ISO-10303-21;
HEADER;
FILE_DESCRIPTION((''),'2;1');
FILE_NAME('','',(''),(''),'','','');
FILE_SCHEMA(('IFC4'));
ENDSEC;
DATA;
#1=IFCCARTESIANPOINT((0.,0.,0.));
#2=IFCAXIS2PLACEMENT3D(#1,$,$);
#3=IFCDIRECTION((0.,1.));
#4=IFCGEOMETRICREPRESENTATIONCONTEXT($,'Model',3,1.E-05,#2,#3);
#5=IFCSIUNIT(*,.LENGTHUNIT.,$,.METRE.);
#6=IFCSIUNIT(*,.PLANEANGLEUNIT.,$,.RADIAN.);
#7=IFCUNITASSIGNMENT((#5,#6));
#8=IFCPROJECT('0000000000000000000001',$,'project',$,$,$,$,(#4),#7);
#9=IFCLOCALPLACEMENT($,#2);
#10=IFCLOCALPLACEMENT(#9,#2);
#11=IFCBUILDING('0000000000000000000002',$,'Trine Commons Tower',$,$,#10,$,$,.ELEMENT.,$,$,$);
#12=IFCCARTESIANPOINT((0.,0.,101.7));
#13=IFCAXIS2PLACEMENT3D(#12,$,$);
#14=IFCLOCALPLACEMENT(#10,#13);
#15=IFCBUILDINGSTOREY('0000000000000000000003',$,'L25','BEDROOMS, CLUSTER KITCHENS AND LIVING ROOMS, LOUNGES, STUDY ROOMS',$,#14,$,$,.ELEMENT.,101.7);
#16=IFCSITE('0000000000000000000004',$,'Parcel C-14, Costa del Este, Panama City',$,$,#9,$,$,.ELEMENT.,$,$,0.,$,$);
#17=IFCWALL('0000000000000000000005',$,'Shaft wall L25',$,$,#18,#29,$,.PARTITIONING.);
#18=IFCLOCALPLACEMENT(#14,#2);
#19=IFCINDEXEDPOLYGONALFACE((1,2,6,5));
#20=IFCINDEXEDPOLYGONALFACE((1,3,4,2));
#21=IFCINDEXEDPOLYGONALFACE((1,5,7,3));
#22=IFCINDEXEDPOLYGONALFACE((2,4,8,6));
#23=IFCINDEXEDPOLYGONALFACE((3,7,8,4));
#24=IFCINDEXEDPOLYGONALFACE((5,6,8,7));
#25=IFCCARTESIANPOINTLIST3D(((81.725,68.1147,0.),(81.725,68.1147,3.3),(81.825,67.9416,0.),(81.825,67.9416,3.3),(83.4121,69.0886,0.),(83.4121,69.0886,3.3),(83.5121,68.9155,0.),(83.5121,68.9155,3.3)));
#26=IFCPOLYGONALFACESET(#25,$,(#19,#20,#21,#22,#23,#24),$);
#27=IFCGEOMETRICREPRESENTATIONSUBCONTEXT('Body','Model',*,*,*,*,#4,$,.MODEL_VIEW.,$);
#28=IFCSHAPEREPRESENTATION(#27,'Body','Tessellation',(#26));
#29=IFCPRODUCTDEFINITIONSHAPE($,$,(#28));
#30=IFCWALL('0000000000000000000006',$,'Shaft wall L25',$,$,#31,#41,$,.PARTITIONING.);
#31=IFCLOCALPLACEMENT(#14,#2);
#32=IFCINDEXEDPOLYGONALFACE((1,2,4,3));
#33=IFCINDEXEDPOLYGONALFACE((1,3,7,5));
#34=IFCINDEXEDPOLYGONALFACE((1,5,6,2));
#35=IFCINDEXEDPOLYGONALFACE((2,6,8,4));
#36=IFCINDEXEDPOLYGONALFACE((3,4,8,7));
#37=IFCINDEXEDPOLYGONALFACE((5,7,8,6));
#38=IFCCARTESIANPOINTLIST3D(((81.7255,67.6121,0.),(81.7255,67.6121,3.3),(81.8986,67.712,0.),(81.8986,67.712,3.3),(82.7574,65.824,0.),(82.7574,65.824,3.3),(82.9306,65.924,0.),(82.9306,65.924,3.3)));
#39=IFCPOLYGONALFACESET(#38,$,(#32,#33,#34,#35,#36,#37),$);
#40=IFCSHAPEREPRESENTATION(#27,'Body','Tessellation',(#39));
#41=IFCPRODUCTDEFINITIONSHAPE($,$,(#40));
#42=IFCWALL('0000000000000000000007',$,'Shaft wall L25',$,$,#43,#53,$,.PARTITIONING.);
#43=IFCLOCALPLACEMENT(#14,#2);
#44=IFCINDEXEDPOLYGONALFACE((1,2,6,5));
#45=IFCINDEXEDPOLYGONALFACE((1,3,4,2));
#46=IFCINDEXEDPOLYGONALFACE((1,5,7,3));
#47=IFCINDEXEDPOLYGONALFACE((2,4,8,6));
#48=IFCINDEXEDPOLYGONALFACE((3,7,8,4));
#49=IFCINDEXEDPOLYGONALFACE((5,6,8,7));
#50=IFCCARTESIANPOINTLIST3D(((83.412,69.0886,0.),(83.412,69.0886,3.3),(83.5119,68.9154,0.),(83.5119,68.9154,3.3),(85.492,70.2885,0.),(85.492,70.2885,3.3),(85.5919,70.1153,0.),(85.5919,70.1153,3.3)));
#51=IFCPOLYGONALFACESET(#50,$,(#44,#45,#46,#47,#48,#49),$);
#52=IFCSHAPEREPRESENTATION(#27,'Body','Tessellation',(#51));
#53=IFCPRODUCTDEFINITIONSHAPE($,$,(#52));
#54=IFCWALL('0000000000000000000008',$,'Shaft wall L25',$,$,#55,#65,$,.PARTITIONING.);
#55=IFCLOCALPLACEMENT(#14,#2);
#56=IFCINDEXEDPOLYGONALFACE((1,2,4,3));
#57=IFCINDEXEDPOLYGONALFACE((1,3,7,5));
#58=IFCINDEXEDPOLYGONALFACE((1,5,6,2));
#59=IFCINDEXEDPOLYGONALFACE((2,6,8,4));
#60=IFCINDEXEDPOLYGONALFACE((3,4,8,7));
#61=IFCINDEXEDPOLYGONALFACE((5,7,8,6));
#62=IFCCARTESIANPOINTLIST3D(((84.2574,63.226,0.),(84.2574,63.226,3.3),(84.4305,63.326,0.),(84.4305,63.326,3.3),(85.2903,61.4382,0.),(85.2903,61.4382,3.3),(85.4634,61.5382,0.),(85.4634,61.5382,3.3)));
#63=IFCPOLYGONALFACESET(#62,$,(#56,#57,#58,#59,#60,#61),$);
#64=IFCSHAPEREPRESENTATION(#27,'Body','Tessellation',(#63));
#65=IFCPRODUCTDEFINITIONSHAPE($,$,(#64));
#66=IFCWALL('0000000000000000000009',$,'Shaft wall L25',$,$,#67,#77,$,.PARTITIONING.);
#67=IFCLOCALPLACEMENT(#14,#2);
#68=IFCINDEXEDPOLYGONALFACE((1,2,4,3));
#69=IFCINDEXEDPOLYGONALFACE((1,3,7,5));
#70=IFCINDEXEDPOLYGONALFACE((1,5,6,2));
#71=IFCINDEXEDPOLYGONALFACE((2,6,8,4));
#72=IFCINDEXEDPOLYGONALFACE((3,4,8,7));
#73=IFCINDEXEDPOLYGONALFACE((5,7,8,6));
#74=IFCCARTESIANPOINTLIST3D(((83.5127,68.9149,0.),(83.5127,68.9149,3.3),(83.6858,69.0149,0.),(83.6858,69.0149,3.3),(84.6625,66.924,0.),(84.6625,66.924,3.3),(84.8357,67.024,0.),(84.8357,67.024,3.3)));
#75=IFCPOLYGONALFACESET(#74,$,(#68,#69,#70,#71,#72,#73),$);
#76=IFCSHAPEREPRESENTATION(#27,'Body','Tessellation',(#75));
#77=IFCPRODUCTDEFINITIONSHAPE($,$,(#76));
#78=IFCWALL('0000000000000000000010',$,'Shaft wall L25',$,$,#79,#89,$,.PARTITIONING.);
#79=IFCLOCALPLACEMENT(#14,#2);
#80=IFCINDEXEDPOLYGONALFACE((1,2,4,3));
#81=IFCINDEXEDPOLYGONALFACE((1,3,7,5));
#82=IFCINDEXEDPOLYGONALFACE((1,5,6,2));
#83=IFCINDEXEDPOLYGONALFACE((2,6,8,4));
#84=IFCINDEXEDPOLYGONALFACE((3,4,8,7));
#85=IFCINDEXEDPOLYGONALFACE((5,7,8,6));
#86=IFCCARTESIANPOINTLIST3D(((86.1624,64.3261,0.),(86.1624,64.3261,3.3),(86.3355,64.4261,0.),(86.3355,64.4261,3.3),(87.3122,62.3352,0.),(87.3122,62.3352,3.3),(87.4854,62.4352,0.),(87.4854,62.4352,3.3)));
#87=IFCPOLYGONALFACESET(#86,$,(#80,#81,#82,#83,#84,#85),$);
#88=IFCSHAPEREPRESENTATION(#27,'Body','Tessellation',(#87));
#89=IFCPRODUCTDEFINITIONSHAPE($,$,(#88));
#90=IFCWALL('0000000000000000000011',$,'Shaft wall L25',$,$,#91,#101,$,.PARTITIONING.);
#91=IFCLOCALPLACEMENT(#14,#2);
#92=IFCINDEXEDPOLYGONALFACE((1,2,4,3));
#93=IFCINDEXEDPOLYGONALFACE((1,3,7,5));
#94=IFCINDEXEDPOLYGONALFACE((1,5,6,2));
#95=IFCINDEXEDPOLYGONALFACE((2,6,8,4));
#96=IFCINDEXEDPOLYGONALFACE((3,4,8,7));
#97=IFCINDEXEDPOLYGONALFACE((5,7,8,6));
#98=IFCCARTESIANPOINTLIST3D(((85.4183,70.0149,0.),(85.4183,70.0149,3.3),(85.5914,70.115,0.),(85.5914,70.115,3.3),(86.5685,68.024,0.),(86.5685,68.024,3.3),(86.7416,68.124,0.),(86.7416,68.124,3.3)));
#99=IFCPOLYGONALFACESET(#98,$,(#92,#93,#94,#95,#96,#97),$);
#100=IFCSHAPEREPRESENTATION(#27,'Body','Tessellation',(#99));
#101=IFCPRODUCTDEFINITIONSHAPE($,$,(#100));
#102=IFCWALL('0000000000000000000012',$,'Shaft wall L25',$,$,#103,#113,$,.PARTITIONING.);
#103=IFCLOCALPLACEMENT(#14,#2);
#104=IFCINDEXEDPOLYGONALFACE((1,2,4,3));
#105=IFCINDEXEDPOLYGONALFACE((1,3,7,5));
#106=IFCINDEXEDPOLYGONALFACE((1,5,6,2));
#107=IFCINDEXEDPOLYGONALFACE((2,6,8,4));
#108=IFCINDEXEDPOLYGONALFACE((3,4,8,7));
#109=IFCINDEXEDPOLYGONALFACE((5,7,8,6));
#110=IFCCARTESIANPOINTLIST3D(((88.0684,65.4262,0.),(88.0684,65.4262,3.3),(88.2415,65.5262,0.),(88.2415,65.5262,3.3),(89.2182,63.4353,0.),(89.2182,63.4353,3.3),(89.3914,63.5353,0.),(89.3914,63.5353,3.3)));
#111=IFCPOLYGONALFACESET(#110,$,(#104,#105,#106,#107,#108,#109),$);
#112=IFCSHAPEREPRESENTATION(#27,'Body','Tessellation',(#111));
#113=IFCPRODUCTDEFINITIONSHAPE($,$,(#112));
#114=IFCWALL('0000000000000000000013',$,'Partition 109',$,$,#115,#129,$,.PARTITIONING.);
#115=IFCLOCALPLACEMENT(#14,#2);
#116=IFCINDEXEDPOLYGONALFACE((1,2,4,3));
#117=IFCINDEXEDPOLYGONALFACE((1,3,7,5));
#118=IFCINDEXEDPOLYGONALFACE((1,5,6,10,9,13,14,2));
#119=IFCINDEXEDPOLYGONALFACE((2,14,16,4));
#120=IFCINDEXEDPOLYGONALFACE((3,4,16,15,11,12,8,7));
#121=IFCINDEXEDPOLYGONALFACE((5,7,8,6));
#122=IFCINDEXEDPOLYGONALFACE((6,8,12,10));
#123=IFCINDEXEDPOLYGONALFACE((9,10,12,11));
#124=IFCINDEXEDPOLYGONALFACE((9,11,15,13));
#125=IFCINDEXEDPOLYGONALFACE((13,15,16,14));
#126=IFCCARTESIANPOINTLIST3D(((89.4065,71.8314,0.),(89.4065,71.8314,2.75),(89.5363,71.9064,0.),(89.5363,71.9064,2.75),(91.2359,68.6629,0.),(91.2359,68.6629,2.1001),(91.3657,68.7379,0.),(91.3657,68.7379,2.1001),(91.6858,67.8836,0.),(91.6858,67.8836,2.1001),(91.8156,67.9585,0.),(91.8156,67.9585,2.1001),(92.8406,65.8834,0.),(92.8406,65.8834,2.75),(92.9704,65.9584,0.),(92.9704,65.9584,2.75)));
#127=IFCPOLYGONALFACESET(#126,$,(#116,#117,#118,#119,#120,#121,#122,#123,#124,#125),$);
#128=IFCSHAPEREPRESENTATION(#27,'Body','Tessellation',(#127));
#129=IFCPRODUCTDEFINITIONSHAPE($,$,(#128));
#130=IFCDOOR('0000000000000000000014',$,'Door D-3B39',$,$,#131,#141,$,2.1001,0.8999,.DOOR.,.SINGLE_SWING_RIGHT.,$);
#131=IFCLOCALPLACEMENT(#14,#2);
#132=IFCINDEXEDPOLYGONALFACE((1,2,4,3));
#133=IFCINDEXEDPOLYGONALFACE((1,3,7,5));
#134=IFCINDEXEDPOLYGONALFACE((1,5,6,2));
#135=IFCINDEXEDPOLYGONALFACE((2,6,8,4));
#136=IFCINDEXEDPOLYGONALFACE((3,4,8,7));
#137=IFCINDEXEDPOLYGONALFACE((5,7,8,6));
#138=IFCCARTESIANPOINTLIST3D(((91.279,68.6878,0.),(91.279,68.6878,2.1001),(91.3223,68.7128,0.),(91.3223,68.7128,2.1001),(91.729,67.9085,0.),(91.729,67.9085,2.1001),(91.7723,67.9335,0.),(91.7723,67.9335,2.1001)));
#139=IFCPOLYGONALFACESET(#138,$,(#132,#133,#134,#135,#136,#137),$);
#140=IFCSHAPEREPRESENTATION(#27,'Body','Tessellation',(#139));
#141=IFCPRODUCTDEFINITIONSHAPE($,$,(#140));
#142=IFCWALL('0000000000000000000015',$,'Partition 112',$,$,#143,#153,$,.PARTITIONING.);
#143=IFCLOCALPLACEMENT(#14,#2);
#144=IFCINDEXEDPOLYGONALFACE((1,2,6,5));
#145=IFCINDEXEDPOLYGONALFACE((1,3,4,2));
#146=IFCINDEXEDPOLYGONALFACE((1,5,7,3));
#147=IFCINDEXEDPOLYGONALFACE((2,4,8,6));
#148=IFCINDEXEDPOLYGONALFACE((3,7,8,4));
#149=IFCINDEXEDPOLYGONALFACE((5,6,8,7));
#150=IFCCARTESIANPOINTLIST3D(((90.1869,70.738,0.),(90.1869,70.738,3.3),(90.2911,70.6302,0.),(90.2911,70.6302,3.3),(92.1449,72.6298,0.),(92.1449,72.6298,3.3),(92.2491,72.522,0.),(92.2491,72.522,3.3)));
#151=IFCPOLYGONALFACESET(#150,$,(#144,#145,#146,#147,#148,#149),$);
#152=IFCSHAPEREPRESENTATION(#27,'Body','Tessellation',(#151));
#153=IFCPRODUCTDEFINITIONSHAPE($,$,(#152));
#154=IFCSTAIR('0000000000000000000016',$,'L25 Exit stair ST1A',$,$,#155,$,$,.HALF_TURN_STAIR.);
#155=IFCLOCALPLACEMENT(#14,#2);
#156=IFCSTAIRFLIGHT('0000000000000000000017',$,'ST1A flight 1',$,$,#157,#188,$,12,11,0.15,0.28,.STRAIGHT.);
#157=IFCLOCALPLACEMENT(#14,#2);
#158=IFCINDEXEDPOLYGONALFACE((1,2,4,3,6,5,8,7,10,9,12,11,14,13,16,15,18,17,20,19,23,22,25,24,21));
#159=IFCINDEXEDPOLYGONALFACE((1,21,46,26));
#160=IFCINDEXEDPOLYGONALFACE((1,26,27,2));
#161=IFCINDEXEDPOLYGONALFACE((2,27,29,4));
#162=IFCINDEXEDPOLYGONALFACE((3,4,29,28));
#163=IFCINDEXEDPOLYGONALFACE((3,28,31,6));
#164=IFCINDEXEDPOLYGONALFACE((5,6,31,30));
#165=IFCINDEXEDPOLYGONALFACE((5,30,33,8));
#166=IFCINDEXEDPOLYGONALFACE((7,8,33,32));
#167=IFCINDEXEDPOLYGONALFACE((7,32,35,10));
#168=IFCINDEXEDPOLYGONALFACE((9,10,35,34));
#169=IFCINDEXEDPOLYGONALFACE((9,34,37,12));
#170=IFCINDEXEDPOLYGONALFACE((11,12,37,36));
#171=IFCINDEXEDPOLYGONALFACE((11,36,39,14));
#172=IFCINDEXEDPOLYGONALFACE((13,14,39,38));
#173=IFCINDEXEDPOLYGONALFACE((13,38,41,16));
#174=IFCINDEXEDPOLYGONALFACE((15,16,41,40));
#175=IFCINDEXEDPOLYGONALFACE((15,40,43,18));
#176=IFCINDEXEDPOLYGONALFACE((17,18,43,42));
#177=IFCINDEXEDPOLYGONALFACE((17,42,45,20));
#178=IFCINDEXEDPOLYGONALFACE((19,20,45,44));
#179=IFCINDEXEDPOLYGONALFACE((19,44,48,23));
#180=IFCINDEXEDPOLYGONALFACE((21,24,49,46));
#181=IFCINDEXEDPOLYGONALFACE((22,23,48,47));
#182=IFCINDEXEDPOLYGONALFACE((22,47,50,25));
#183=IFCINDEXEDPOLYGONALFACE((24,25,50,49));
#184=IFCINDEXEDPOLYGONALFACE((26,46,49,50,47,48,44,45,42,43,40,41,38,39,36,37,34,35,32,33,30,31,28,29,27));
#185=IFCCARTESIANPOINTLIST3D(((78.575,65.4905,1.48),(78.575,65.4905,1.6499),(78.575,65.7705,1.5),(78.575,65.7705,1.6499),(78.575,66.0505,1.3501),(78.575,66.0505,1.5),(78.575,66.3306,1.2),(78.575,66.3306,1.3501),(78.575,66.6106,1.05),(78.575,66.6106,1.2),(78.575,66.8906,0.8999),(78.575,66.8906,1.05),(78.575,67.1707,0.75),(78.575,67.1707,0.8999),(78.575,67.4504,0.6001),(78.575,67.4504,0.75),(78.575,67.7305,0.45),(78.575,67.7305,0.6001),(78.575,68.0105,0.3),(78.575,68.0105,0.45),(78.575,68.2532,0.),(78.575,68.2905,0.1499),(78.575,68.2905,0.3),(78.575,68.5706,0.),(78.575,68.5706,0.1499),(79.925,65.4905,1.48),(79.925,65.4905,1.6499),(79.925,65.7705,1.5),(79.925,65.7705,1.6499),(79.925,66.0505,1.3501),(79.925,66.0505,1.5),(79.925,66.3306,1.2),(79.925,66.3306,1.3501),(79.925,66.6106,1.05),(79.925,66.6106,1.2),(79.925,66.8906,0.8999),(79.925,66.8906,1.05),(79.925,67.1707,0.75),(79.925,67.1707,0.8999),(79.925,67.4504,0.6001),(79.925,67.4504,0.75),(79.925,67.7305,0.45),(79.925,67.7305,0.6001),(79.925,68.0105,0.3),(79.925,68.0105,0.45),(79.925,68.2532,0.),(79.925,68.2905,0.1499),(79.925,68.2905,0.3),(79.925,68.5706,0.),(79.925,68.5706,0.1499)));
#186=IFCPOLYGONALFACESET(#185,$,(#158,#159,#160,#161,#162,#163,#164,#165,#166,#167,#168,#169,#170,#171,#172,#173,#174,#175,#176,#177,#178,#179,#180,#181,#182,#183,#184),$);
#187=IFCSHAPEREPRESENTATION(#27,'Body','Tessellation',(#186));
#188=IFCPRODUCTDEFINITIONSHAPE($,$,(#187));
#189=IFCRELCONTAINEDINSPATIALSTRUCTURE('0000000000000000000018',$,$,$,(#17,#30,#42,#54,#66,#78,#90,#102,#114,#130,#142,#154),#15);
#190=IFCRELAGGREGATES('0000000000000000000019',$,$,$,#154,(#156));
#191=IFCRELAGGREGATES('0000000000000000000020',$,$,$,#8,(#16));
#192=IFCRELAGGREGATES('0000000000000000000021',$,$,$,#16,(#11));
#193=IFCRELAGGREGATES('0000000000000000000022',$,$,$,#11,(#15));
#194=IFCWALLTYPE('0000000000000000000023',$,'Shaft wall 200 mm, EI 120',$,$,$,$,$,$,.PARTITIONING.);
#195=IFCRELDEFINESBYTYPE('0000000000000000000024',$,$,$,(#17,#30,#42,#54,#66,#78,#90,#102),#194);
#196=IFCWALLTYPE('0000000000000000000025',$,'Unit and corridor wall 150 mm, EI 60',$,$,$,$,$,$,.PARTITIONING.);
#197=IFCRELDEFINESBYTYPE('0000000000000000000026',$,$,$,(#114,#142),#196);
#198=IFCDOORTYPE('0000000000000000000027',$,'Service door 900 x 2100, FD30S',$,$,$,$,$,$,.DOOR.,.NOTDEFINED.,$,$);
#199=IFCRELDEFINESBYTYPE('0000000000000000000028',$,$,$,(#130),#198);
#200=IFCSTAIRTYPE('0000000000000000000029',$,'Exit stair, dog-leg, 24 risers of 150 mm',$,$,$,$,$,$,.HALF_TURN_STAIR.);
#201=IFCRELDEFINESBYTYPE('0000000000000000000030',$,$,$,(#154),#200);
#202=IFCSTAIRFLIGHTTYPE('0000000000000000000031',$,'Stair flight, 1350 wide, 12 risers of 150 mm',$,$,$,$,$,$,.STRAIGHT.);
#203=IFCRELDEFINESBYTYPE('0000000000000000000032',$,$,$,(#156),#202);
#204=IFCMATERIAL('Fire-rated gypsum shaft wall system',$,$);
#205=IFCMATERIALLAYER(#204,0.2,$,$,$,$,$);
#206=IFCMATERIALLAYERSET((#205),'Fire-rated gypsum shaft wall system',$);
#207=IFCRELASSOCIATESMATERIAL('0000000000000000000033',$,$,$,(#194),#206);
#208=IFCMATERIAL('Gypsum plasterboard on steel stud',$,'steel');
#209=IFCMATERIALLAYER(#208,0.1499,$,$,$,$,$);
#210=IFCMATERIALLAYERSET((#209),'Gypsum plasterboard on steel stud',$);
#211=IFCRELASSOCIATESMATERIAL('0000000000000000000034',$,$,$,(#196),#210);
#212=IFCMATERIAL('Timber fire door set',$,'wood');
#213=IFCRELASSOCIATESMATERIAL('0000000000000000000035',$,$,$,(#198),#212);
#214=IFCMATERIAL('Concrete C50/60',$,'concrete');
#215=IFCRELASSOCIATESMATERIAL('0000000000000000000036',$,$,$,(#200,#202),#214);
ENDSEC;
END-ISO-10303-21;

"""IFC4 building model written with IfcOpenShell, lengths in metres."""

from ifc_helpers import new_model, si_unit, direction, frame, frame_2d, origin, place, context, subcontext, project, spatial, polyline, rectangle, outline, extrude, material, layer, layer_set, type_object, element, fill, aggregate, save


model = new_model("IFC4")

# Units and contexts
model_context = context("Model", 3, precision=1e-05, world=origin(), true_north=direction((0.0, 1.0)))
body_context = subcontext(model_context, "Body", "Model", "MODEL_VIEW")
ifc_project = project(units=[si_unit("LENGTHUNIT", "METRE"), si_unit("PLANEANGLEUNIT", "RADIAN")], contexts=[model_context])

# Site, building, storey
site_placement = place(None, origin())
site = spatial("IfcSite", under=ifc_project, at=site_placement, Name="Parcel C-14, Costa del Este, Panama City", CompositionType="ELEMENT", RefElevation=0.0)
building_placement = place(site_placement, origin())
building = spatial("IfcBuilding", under=site, at=building_placement, Name="Trine Commons Tower", CompositionType="ELEMENT")
storey_placement = place(building_placement, frame((0.0, 0.0, 101.7)))
storey = spatial("IfcBuildingStorey", under=building, at=storey_placement, Name="L25", Description="BEDROOMS, CLUSTER KITCHENS AND LIVING ROOMS, LOUNGES, STUDY ROOMS", CompositionType="ELEMENT", Elevation=101.7)

# Shared definitions
ifc_material_1 = material(Name="Concrete C50/60", Category="concrete")

# Shared definitions
ifc_material_2 = material(Name="Fire-rated gypsum shaft wall system")

# Walls
ifc_layer_1 = layer(ifc_material_2, 0.2)
ifc_layer_set_1 = layer_set([ifc_layer_1], Name="Fire-rated gypsum shaft wall system")
wall_type_1 = type_object("IfcWallType", Name="Shaft wall 200 mm, EI 120", PredefinedType="PARTITIONING", material=ifc_layer_set_1)
wall_1_placement = place(storey_placement, frame((81.7749, 68.0281, 0.0), z_axis=(0.0, 0.0, 1.0), x_axis=(0.866052, 0.499954, 0.0)))
element("IfcWall", 1, at=wall_1_placement, inside=storey, type_object=wall_type_1, Name="Shaft wall L25", PredefinedType="PARTITIONING", context=body_context, shape_type="SweptSolid", body=[
    extrude(rectangle(XDim=1.948, YDim=0.2, at=frame_2d((0.9741, 0.0))), origin(), (0.0, 0.0, 1.0), 3.3),
])
wall_2_placement = place(storey_placement, frame((82.844, 65.874, 0.0), z_axis=(0.0, 0.0, 1.0), x_axis=(-0.499866, 0.866103, 0.0)))
element("IfcWall", 2, at=wall_2_placement, inside=storey, type_object=wall_type_1, Name="Shaft wall L25", PredefinedType="PARTITIONING", context=body_context, shape_type="SweptSolid", body=[
    extrude(rectangle(XDim=2.0645, YDim=0.2, at=frame_2d((1.0322, 0.0))), origin(), (0.0, 0.0, 1.0), 3.3),
])
wall_3_placement = place(storey_placement, frame((83.4619, 69.002, 0.0), z_axis=(0.0, 0.0, 1.0), x_axis=(0.866203, 0.499693, 0.0)))
element("IfcWall", 3, at=wall_3_placement, inside=storey, type_object=wall_type_1, Name="Shaft wall L25", PredefinedType="PARTITIONING", context=body_context, shape_type="SweptSolid", body=[
    extrude(rectangle(XDim=2.4014, YDim=0.2, at=frame_2d((1.2007, 0.0))), origin(), (0.0, 0.0, 1.0), 3.3),
])
wall_4_placement = place(storey_placement, frame((84.344, 63.2759, 0.0), z_axis=(0.0, 0.0, 1.0), x_axis=(0.500272, -0.865868, 0.0)))
element("IfcWall", 4, at=wall_4_placement, inside=storey, type_object=wall_type_1, Name="Shaft wall L25", PredefinedType="PARTITIONING", context=body_context, shape_type="SweptSolid", body=[
    extrude(rectangle(XDim=2.0647, YDim=0.2, at=frame_2d((1.0322, 0.0))), origin(), (0.0, 0.0, 1.0), 3.3),
])
for number, where, z_axis, x_axis, name in (
    (5, (84.749, 66.9741, 0.0), (0.0, 0.0, 1.0), (-0.500136, 0.865947, 0.0), "Shaft wall L25"),
    (6, (86.249, 64.376, 0.0), (0.0, 0.0, 1.0), (0.500136, -0.865947, 0.0), "Shaft wall L25"),
):
    element("IfcWall", number, at=place(storey_placement, frame(where, z_axis=z_axis, x_axis=x_axis)), inside=storey, type_object=wall_type_1, Name=name, PredefinedType="PARTITIONING", context=body_context, shape_type="SweptSolid", body=[
        extrude(rectangle(XDim=2.2991, YDim=0.2, at=frame_2d((1.1494, 0.0))), origin(), (0.0, 0.0, 1.0), 3.3),
    ])
wall_5_placement = place(storey_placement, frame((86.655, 68.074, 0.0), z_axis=(0.0, 0.0, 1.0), x_axis=(-0.500216, 0.865901, 0.0)))
element("IfcWall", 7, at=wall_5_placement, inside=storey, type_object=wall_type_1, Name="Shaft wall L25", PredefinedType="PARTITIONING", context=body_context, shape_type="SweptSolid", body=[
    extrude(rectangle(XDim=2.2993, YDim=0.2, at=frame_2d((1.1497, 0.0))), origin(), (0.0, 0.0, 1.0), 3.3),
])
wall_6_placement = place(storey_placement, frame((88.155, 65.4761, 0.0), z_axis=(0.0, 0.0, 1.0), x_axis=(0.500136, -0.865947, 0.0)))
element("IfcWall", 8, at=wall_6_placement, inside=storey, type_object=wall_type_1, Name="Shaft wall L25", PredefinedType="PARTITIONING", context=body_context, shape_type="SweptSolid", body=[
    extrude(rectangle(XDim=2.2991, YDim=0.2, at=frame_2d((1.1494, 0.0))), origin(), (0.0, 0.0, 1.0), 3.3),
])

# Wall, opening, door
ifc_material_3 = material(Name="Gypsum plasterboard on steel stud", Category="steel")
ifc_layer_2 = layer(ifc_material_3, 0.1499)
ifc_layer_set_2 = layer_set([ifc_layer_2], Name="Gypsum plasterboard on steel stud")
wall_type_2 = type_object("IfcWallType", Name="Unit and corridor wall 150 mm, EI 60", PredefinedType="PARTITIONING", material=ifc_layer_set_2)
wall_7_placement = place(storey_placement, frame((89.4714, 71.8689, 0.0), z_axis=(0.0, 0.0, 1.0), x_axis=(0.5, -0.866025, 0.0)))
wall_7 = element("IfcWall", 9, at=wall_7_placement, inside=storey, type_object=wall_type_2, Name="Partition 109", PredefinedType="PARTITIONING", context=body_context, shape_type="SweptSolid", body=[
    extrude(rectangle(XDim=6.8682, YDim=0.1499, at=frame_2d((3.4341, 0.0))), origin(), (0.0, 0.0, 1.0), 2.75),
])
opening_1_placement = place(wall_7_placement, frame((3.6587, 0.0, 0.0)))
opening_1 = element("IfcOpeningElement", 10, at=opening_1_placement, cuts=wall_7, PredefinedType="OPENING", context=body_context, shape_type="SweptSolid", body=[
    extrude(rectangle(XDim=0.8999, YDim=2.1001, at=frame_2d((0.45, 1.05))), frame((0.0, 0.085, 0.0), z_axis=(0.0, -1.0, 0.0), x_axis=(1.0, 0.0, 0.0)), (0.0, 0.0, 1.0), 0.1699),
])
ifc_material_4 = material(Name="Timber fire door set", Category="wood")
door_type_1 = type_object("IfcDoorType", Name="Service door 900 x 2100, FD30S", OperationType="NOTDEFINED", PredefinedType="DOOR", material=ifc_material_4)
door_1_placement = place(opening_1_placement, origin())
door_1 = element("IfcDoor", 11, at=door_1_placement, inside=storey, type_object=door_type_1, Name="Door D-3B39", OperationType="SINGLE_SWING_RIGHT", OverallHeight=2.1001, OverallWidth=0.8999, PredefinedType="DOOR", context=body_context, shape_type="SweptSolid", body=[
    extrude(rectangle(XDim=0.8999, YDim=2.1001, at=frame_2d((0.45, 1.05))), frame((0.0, 0.0249, 0.0), z_axis=(0.0, -1.0, 0.0), x_axis=(1.0, 0.0, 0.0)), (0.0, 0.0, 1.0), 0.05),
])
fill(opening_1, door_1)

# Wall
wall_8_placement = place(storey_placement, frame((90.239, 70.6841, 0.0), z_axis=(0.0, 0.0, 1.0), x_axis=(0.719153, 0.694852, 0.0)))
element("IfcWall", 12, at=wall_8_placement, inside=storey, type_object=wall_type_2, Name="Partition 112", PredefinedType="PARTITIONING", context=body_context, shape_type="SweptSolid", body=[
    extrude(rectangle(XDim=2.7227, YDim=0.1499, at=frame_2d((1.3613, 0.0))), origin(), (0.0, 0.0, 1.0), 3.3),
])

# Stair, stair flight
stair_type = type_object("IfcStairType", Name="Exit stair, dog-leg, 24 risers of 150 mm", PredefinedType="HALF_TURN_STAIR", material=ifc_material_1)
stair_placement = place(storey_placement, origin())
stair = element("IfcStair", 13, at=stair_placement, inside=storey, type_object=stair_type, Name="L25 Exit stair ST1A", PredefinedType="HALF_TURN_STAIR")
stair_flight_type = type_object("IfcStairFlightType", Name="Stair flight, 1350 wide, 12 risers of 150 mm", PredefinedType="STRAIGHT", material=ifc_material_1)
stair_flight_1_placement = place(storey_placement, frame((79.25, 68.5706, 0.0), z_axis=(0.0, 0.0, 1.0), x_axis=(0.0, -1.0, 0.0)))
stair_flight_1 = element("IfcStairFlight", 14, at=stair_flight_1_placement, type_object=stair_flight_type, Name="ST1A flight 1", NumberOfRisers=12, NumberOfTreads=11, PredefinedType="STRAIGHT", RiserHeight=0.15, TreadLength=0.28, context=body_context, shape_type="SweptSolid", body=[
    extrude(outline(polyline([(0.0, 0.0), (0.0, 0.1499), (0.28, 0.1499), (0.28, 0.3), (0.5601, 0.3), (0.5601, 0.45), (0.8401, 0.45), (0.8401, 0.6001), (1.1201, 0.6001), (1.1201, 0.75), (1.3999, 0.75), (1.3999, 0.8999), (1.6799, 0.8999), (1.6799, 1.05), (1.96, 1.05), (1.96, 1.2), (2.24, 1.2), (2.24, 1.3501), (2.52, 1.3501), (2.52, 1.5), (2.8, 1.5), (2.8, 1.6499), (3.0801, 1.6499), (3.0801, 1.8), (3.0801, 1.48), (0.3174, 0.0), (0.0, 0.0)])), frame((0.0, 0.675, 0.0), z_axis=(0.0, -1.0, 0.0), x_axis=(1.0, 0.0, 0.0)), (0.0, 0.0, 1.0), 1.3501),
])
aggregate(stair, [stair_flight_1])

save(model, "model.ifc")
